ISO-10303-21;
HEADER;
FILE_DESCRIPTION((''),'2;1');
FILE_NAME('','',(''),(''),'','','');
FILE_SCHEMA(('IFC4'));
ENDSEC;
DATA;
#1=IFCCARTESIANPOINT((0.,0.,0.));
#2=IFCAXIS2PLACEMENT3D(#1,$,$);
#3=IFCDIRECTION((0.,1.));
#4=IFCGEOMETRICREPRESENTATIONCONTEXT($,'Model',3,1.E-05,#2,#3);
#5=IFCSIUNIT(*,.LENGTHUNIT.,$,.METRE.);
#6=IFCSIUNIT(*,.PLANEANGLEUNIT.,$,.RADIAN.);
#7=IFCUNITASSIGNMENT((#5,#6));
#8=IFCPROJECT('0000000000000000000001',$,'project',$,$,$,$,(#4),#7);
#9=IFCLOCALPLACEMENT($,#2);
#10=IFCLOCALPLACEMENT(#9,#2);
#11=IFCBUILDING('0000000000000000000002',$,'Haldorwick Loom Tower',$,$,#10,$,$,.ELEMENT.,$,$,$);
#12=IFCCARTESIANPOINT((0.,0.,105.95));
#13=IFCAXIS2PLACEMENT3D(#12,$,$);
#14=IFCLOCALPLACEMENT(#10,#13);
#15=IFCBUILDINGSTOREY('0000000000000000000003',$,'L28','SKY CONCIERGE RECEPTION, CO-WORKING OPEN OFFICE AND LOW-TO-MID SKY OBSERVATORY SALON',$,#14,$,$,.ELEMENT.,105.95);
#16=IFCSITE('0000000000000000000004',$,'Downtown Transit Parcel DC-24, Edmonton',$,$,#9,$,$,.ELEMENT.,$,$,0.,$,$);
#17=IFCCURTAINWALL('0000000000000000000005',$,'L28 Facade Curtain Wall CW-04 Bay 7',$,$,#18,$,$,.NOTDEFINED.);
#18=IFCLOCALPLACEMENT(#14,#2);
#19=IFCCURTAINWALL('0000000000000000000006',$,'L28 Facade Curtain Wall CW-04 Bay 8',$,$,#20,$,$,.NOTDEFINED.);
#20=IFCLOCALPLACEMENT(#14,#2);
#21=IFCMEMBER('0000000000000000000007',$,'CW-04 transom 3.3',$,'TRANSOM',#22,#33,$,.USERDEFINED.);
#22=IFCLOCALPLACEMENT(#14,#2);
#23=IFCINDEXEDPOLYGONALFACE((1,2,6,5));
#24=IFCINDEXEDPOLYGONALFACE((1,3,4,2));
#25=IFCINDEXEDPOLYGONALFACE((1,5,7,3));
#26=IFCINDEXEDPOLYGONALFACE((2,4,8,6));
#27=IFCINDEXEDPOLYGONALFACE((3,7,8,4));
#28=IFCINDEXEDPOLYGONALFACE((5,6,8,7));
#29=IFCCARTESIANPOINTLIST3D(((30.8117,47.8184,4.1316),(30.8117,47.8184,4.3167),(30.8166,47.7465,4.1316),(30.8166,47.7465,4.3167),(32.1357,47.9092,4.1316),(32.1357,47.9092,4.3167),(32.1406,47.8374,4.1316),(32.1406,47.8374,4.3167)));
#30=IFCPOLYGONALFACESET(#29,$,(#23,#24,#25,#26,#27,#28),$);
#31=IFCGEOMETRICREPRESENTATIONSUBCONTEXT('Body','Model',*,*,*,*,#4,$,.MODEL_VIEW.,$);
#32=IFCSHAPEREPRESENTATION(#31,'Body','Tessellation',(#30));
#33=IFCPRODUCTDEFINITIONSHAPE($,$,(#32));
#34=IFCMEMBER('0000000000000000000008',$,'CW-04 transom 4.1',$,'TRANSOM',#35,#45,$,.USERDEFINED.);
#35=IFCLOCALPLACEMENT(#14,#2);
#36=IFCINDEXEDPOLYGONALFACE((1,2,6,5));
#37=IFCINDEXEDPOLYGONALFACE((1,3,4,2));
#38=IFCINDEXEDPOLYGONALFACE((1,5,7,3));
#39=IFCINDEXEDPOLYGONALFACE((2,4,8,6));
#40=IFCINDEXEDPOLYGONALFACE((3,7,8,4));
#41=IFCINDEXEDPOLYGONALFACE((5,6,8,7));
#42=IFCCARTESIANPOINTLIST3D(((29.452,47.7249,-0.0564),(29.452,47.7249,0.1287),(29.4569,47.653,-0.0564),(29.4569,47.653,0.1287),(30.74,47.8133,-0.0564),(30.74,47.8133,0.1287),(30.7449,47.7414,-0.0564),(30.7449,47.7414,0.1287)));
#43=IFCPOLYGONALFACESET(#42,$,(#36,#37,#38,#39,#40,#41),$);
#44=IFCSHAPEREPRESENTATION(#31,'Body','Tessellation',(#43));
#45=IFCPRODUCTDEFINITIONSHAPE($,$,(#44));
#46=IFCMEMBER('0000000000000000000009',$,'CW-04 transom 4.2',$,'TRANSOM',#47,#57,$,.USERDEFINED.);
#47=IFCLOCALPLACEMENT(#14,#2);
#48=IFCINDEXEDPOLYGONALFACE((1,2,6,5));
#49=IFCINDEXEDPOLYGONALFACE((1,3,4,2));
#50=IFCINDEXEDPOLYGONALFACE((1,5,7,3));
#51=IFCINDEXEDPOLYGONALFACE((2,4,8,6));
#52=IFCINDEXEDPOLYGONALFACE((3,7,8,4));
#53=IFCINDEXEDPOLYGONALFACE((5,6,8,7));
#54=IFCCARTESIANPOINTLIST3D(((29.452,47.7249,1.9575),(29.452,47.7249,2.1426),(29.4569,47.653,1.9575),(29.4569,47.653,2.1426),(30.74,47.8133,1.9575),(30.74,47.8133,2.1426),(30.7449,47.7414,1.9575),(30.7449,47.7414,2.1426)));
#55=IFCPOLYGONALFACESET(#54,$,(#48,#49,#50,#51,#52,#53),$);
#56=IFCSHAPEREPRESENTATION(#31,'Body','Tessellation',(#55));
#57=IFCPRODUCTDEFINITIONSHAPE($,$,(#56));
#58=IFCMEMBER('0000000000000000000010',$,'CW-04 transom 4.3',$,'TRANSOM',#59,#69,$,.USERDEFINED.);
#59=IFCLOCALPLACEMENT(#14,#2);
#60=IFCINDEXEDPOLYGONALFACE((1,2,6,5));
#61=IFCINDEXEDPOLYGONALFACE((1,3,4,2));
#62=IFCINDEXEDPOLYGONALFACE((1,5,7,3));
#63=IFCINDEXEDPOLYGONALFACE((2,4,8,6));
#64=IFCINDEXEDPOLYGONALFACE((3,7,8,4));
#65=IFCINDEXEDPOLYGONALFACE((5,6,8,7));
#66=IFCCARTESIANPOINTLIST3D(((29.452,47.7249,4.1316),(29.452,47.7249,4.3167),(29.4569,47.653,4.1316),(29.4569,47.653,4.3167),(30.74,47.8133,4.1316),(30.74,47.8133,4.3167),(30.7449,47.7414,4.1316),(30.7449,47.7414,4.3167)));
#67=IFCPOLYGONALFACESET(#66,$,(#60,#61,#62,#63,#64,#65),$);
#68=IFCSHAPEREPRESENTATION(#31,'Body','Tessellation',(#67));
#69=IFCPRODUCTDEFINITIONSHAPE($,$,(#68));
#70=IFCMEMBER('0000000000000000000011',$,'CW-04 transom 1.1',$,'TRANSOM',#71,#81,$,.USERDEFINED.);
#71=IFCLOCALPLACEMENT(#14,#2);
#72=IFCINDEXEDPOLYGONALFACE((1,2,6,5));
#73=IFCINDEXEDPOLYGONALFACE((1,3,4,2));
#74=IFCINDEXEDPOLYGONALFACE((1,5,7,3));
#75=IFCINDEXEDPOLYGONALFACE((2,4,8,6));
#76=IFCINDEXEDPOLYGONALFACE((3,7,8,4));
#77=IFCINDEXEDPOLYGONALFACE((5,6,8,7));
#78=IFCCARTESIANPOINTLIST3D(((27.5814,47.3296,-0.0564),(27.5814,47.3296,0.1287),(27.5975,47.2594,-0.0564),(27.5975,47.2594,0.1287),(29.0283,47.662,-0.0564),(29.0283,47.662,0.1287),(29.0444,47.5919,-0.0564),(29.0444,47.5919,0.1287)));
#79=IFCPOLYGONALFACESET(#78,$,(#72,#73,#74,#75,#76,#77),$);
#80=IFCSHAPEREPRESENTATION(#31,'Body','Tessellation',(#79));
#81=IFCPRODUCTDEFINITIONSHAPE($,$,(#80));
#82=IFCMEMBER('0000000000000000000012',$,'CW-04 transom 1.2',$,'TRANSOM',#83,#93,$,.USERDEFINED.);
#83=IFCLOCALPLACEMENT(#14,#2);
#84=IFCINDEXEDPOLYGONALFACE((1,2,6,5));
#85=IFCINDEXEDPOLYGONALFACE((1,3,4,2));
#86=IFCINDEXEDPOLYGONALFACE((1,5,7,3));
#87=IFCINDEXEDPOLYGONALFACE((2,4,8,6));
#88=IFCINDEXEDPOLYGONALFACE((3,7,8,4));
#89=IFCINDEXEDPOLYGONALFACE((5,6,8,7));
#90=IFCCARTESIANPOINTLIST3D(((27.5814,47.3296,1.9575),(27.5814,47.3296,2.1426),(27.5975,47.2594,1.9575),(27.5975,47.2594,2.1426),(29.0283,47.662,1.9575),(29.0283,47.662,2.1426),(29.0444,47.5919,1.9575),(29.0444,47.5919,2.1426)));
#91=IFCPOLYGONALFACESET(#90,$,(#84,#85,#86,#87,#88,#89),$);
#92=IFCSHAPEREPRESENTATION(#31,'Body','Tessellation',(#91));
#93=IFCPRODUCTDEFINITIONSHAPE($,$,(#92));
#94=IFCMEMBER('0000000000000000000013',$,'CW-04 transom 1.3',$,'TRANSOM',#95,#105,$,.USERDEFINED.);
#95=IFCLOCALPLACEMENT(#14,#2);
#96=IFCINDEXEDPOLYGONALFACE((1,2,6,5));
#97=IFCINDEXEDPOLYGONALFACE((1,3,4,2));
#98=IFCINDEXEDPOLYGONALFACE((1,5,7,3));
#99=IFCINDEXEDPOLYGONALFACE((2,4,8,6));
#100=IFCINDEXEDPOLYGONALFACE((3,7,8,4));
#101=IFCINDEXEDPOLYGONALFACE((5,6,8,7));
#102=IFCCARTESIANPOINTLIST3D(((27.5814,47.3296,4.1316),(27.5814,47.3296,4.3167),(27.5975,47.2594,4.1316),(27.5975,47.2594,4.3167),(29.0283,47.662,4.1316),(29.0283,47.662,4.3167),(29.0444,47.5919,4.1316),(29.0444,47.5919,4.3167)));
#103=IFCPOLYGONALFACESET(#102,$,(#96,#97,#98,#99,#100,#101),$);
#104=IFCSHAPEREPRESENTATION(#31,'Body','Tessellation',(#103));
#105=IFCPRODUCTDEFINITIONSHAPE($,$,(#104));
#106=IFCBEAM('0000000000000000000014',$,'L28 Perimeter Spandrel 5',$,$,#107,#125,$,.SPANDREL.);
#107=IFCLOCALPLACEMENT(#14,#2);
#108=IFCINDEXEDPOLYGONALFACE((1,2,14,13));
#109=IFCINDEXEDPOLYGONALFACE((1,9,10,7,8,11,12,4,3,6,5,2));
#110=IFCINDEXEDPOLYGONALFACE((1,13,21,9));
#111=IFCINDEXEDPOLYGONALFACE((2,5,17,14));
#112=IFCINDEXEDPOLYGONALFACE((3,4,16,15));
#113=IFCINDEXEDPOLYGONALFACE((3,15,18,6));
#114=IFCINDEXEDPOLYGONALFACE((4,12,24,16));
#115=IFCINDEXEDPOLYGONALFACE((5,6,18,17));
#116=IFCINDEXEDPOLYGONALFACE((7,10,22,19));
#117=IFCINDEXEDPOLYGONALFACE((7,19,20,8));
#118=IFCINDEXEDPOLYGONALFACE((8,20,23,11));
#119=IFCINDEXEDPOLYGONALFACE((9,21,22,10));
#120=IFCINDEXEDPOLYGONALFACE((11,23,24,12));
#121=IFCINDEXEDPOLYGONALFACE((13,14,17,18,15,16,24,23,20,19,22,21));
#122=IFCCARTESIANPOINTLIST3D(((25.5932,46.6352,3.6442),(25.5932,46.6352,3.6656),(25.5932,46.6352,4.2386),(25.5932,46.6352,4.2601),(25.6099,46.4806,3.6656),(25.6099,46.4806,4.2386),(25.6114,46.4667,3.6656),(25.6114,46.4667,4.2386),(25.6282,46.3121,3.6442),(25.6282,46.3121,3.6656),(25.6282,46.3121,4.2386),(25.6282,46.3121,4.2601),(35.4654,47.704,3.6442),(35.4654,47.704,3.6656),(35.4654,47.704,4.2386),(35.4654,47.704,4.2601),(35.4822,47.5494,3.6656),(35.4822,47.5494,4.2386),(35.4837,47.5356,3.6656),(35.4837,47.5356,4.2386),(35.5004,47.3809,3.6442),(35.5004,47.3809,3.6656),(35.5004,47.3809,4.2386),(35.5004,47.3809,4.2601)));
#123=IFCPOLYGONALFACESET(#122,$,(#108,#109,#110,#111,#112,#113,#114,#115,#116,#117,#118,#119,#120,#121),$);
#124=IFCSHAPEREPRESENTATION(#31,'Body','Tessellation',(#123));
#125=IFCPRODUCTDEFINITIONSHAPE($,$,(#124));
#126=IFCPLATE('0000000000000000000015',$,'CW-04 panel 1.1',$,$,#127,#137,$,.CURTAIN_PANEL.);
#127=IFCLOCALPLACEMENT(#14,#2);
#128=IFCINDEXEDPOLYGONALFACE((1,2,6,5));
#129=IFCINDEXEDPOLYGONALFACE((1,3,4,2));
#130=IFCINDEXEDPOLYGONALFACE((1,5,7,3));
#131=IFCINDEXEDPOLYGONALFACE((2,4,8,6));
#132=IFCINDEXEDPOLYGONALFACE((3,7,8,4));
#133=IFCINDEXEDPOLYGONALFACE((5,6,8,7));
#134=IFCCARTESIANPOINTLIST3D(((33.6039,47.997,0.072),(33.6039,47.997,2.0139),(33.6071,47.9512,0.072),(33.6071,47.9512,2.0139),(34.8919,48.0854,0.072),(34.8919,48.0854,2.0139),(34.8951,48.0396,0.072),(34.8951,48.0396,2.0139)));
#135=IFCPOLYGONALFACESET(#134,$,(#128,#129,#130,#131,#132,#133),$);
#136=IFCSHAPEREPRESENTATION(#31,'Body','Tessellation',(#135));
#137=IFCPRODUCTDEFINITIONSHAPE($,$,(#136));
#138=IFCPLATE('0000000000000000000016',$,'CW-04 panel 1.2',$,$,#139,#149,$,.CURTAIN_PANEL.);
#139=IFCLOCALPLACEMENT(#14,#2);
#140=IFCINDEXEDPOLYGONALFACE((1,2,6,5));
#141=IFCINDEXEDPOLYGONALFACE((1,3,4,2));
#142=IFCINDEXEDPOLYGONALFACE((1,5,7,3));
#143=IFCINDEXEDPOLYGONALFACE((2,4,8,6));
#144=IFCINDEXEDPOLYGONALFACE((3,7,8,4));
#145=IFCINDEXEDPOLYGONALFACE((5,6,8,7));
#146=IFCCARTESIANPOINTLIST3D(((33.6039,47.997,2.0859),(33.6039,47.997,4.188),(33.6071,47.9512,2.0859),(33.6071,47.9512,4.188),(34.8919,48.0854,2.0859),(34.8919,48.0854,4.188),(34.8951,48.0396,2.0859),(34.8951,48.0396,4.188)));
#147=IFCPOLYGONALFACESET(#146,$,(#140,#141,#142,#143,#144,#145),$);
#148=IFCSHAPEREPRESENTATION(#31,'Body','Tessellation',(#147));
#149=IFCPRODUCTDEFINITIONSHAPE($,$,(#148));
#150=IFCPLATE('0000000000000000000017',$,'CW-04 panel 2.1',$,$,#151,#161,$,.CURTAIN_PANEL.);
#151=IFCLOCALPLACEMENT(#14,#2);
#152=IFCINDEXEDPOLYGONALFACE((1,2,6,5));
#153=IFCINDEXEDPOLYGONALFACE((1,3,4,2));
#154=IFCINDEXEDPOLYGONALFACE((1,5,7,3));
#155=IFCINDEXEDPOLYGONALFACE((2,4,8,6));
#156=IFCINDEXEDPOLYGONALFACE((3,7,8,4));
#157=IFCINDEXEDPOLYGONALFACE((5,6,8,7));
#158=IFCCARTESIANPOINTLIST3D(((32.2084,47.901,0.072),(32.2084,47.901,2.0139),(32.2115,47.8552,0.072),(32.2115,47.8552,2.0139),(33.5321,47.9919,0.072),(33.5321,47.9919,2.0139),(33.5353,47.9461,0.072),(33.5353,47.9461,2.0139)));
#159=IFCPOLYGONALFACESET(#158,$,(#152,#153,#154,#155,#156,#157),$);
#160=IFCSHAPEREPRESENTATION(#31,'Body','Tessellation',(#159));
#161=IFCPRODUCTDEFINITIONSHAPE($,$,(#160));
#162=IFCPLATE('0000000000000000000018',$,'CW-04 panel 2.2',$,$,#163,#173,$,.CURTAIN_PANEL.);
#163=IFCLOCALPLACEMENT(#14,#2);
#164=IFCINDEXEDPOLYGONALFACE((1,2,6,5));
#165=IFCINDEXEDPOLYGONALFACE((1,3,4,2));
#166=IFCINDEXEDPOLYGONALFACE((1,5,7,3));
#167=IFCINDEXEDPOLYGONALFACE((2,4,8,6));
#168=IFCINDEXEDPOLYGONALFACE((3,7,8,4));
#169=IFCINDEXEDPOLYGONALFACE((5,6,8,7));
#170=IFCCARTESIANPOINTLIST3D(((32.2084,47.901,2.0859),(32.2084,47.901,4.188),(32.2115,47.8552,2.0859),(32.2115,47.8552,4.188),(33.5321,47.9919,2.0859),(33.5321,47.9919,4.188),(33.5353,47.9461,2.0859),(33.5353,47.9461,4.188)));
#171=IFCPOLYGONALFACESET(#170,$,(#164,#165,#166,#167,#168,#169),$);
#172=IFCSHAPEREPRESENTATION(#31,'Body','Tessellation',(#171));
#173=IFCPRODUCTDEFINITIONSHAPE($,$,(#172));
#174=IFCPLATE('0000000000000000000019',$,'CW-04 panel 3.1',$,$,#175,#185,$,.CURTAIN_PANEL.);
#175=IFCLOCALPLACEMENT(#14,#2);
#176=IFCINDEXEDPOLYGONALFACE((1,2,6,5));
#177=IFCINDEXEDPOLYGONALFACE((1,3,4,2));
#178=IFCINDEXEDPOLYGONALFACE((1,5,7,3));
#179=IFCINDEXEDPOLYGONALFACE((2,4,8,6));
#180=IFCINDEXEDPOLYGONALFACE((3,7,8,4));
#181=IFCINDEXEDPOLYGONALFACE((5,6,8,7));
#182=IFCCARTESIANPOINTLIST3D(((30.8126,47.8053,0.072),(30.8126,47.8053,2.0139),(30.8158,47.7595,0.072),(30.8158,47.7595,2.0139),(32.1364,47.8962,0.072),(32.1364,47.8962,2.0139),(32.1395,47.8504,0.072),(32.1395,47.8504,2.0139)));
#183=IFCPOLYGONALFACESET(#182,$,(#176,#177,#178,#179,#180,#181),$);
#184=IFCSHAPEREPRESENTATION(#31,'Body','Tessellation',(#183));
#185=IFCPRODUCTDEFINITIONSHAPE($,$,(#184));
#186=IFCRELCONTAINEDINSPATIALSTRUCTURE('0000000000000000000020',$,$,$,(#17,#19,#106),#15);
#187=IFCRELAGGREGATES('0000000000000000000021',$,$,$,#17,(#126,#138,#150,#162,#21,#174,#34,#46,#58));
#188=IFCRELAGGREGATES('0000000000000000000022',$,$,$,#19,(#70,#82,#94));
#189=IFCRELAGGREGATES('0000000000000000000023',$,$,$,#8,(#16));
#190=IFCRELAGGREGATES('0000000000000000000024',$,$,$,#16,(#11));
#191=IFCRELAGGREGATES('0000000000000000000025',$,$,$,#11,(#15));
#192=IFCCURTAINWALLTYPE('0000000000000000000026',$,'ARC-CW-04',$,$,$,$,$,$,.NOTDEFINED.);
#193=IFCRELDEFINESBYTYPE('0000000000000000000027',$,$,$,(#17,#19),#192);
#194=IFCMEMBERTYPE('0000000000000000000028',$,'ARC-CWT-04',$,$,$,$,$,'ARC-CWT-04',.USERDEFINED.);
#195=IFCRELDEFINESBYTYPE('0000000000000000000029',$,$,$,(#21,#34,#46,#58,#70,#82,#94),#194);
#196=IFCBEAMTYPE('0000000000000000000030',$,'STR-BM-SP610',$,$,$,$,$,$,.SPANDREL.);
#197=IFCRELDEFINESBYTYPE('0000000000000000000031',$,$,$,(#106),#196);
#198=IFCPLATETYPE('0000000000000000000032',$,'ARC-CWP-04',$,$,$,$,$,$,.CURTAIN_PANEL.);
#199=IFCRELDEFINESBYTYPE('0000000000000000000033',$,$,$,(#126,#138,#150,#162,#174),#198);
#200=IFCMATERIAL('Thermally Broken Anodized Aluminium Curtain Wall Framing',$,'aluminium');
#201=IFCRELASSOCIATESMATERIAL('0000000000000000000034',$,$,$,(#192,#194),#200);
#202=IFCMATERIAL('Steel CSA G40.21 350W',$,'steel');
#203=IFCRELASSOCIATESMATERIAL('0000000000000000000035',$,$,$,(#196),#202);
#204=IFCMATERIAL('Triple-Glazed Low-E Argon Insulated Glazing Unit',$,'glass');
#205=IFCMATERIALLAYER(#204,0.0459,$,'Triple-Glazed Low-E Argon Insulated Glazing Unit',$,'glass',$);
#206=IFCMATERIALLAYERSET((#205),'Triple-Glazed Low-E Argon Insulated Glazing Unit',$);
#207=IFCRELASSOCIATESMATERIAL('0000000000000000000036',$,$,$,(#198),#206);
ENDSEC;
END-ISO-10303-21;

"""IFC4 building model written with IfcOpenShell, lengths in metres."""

from ifc_helpers import new_model, si_unit, direction, frame, origin, origin_2d, place, context, subcontext, project, spatial, rectangle, i_section, extrude, material, layer, layer_set, material_profile, profile_set, type_object, element, aggregate, save


model = new_model("IFC4")

# Units and contexts
model_context = context("Model", 3, precision=1e-05, world=origin(), true_north=direction((0.0, 1.0)))
body_context = subcontext(model_context, "Body", "Model", "MODEL_VIEW")
ifc_project = project(units=[si_unit("LENGTHUNIT", "METRE"), si_unit("PLANEANGLEUNIT", "RADIAN")], contexts=[model_context])

# Site, building, storey
site_placement = place(None, origin())
site = spatial("IfcSite", under=ifc_project, at=site_placement, Name="Downtown Transit Parcel DC-24, Edmonton", CompositionType="ELEMENT", RefElevation=0.0)
building_placement = place(site_placement, origin())
building = spatial("IfcBuilding", under=site, at=building_placement, Name="Haldorwick Loom Tower", CompositionType="ELEMENT")
storey_placement = place(building_placement, frame((0.0, 0.0, 105.95)))
storey = spatial("IfcBuildingStorey", under=building, at=storey_placement, Name="L28", Description="SKY CONCIERGE RECEPTION, CO-WORKING OPEN OFFICE AND LOW-TO-MID SKY OBSERVATORY SALON", CompositionType="ELEMENT", Elevation=105.95)

# Curtain wall
ifc_material_1 = material(Name="Thermally Broken Anodized Aluminium Curtain Wall Framing", Category="aluminium")
curtain_wall_type = type_object("IfcCurtainWallType", Name="ARC-CW-04", PredefinedType="NOTDEFINED", material=ifc_material_1)
curtain_wall_1_placement = place(storey_placement, origin())
curtain_wall_1 = element("IfcCurtainWall", 1, at=curtain_wall_1_placement, inside=storey, type_object=curtain_wall_type, Name="L28 Facade Curtain Wall CW-04 Bay 7", PredefinedType="NOTDEFINED")

# Curtain wall
curtain_wall_2_placement = place(storey_placement, origin())
curtain_wall_2 = element("IfcCurtainWall", 2, at=curtain_wall_2_placement, inside=storey, type_object=curtain_wall_type, Name="L28 Facade Curtain Wall CW-04 Bay 8", PredefinedType="NOTDEFINED")

# Members
ifc_material_profile_1 = material_profile(ifc_material_1, rectangle(XDim=0.072, YDim=0.1851, at=origin_2d()), Name="ALU_TRN_72X185", Category="aluminium")
ifc_profile_set_1 = profile_set([ifc_material_profile_1], Name="Thermally Broken Anodized Aluminium Curtain Wall Framing")
member_type_1 = type_object("IfcMemberType", Name="ARC-CWT-04", ElementType="ARC-CWT-04", PredefinedType="USERDEFINED", material=ifc_profile_set_1)
member_1_placement = place(storey_placement, frame((32.1382, 47.8733, 4.2241), z_axis=(-0.997656, -0.068436, 0.0), x_axis=(0.068436, -0.997656, 0.0)))
member_1 = element("IfcMember", 3, at=member_1_placement, type_object=member_type_1, Name="CW-04 transom 3.3", ObjectType="TRANSOM", PredefinedType="USERDEFINED", context=body_context, shape_type="SweptSolid", body=[
    extrude(rectangle(XDim=0.072, YDim=0.1851, at=origin_2d()), origin(), (0.0, 0.0, 1.0), 1.3271),
])
member_2_placement = place(storey_placement, frame((30.7424, 47.7773, 0.0361), z_axis=(-0.997654, -0.068452, 0.0), x_axis=(0.068452, -0.997654, 0.0)))
member_2 = element("IfcMember", 4, at=member_2_placement, type_object=member_type_1, Name="CW-04 transom 4.1", ObjectType="TRANSOM", PredefinedType="USERDEFINED", context=body_context, shape_type="SweptSolid", body=[
    extrude(rectangle(XDim=0.072, YDim=0.1851, at=origin_2d()), origin(), (0.0, 0.0, 1.0), 1.291),
])
member_3_placement = place(storey_placement, frame((30.7424, 47.7773, 2.05), z_axis=(-0.997654, -0.068452, 0.0), x_axis=(0.068452, -0.997654, 0.0)))
member_3 = element("IfcMember", 5, at=member_3_placement, type_object=member_type_1, Name="CW-04 transom 4.2", ObjectType="TRANSOM", PredefinedType="USERDEFINED", context=body_context, shape_type="SweptSolid", body=[
    extrude(rectangle(XDim=0.072, YDim=0.1851, at=origin_2d()), origin(), (0.0, 0.0, 1.0), 1.291),
])
member_4_placement = place(storey_placement, frame((30.7424, 47.7773, 4.2241), z_axis=(-0.997654, -0.068452, 0.0), x_axis=(0.068452, -0.997654, 0.0)))
member_4 = element("IfcMember", 6, at=member_4_placement, type_object=member_type_1, Name="CW-04 transom 4.3", ObjectType="TRANSOM", PredefinedType="USERDEFINED", context=body_context, shape_type="SweptSolid", body=[
    extrude(rectangle(XDim=0.072, YDim=0.1851, at=origin_2d()), origin(), (0.0, 0.0, 1.0), 1.291),
])
member_5_placement = place(storey_placement, frame((29.0364, 47.627, 0.0361), z_axis=(-0.974599, -0.223959, 0.0), x_axis=(0.223959, -0.974599, 0.0)))
member_5 = element("IfcMember", 7, at=member_5_placement, type_object=member_type_1, Name="CW-04 transom 1.1", ObjectType="TRANSOM", PredefinedType="USERDEFINED", context=body_context, shape_type="SweptSolid", body=[
    extrude(rectangle(XDim=0.072, YDim=0.1851, at=origin_2d()), origin(), (0.0, 0.0, 1.0), 1.4846),
])
member_6_placement = place(storey_placement, frame((29.0364, 47.627, 2.05), z_axis=(-0.974599, -0.223959, 0.0), x_axis=(0.223959, -0.974599, 0.0)))
member_6 = element("IfcMember", 8, at=member_6_placement, type_object=member_type_1, Name="CW-04 transom 1.2", ObjectType="TRANSOM", PredefinedType="USERDEFINED", context=body_context, shape_type="SweptSolid", body=[
    extrude(rectangle(XDim=0.072, YDim=0.1851, at=origin_2d()), origin(), (0.0, 0.0, 1.0), 1.4846),
])
member_7_placement = place(storey_placement, frame((29.0364, 47.627, 4.2241), z_axis=(-0.974599, -0.223959, 0.0), x_axis=(0.223959, -0.974599, 0.0)))
member_7 = element("IfcMember", 9, at=member_7_placement, type_object=member_type_1, Name="CW-04 transom 1.3", ObjectType="TRANSOM", PredefinedType="USERDEFINED", context=body_context, shape_type="SweptSolid", body=[
    extrude(rectangle(XDim=0.072, YDim=0.1851, at=origin_2d()), origin(), (0.0, 0.0, 1.0), 1.4846),
])

# Beam
ifc_material_2 = material(Name="Steel CSA G40.21 350W", Category="steel")
ifc_material_profile_2 = material_profile(ifc_material_2, i_section(OverallWidth=0.325, OverallDepth=0.616, WebThickness=0.0139, FlangeThickness=0.0215, at=origin_2d()), Name="W610X174", Category="steel")
ifc_profile_set_2 = profile_set([ifc_material_profile_2], Name="Steel CSA G40.21 350W")
beam_type = type_object("IfcBeamType", Name="STR-BM-SP610", PredefinedType="SPANDREL", material=ifc_profile_set_2)
beam_placement = place(storey_placement, frame((35.4829, 47.5425, 3.9521), z_axis=(-0.99419, -0.107638, 0.0), x_axis=(0.107638, -0.99419, 0.0)))
element("IfcBeam", 10, at=beam_placement, inside=storey, type_object=beam_type, Name="L28 Perimeter Spandrel 5", PredefinedType="SPANDREL", context=body_context, shape_type="SweptSolid", body=[
    extrude(i_section(OverallWidth=0.325, OverallDepth=0.616, WebThickness=0.0139, FlangeThickness=0.0215, at=origin_2d()), origin(), (0.0, 0.0, 1.0), 9.9299),
])

# Plates
ifc_material_3 = material(Name="Triple-Glazed Low-E Argon Insulated Glazing Unit", Category="glass")
ifc_layer_1 = layer(ifc_material_3, 0.0459, Name="Triple-Glazed Low-E Argon Insulated Glazing Unit", Category="glass")
ifc_layer_set_1 = layer_set([ifc_layer_1], Name="Triple-Glazed Low-E Argon Insulated Glazing Unit")
plate_type = type_object("IfcPlateType", Name="ARC-CWP-04", PredefinedType="CURTAIN_PANEL", material=ifc_layer_set_1)
plate_1_placement = place(storey_placement, frame((34.2495, 48.0183, 0.072), z_axis=(0.0, 0.0, 1.0), x_axis=(-0.997651, -0.068496, 0.0)))
plate_1 = element("IfcPlate", 11, at=plate_1_placement, type_object=plate_type, Name="CW-04 panel 1.1", PredefinedType="CURTAIN_PANEL", context=body_context, shape_type="SweptSolid", body=[
    extrude(rectangle(XDim=1.291, YDim=0.0459, at=origin_2d()), origin(), (0.0, 0.0, 1.0), 1.9419),
])
plate_2_placement = place(storey_placement, frame((34.2495, 48.0183, 2.0859), z_axis=(0.0, 0.0, 1.0), x_axis=(-0.997651, -0.068496, 0.0)))
plate_2 = element("IfcPlate", 12, at=plate_2_placement, type_object=plate_type, Name="CW-04 panel 1.2", PredefinedType="CURTAIN_PANEL", context=body_context, shape_type="SweptSolid", body=[
    extrude(rectangle(XDim=1.291, YDim=0.0459, at=origin_2d()), origin(), (0.0, 0.0, 1.0), 2.1021),
])
plate_3_placement = place(storey_placement, frame((32.8718, 47.9236, 0.072), z_axis=(0.0, 0.0, 1.0), x_axis=(-0.997651, -0.068496, 0.0)))
plate_3 = element("IfcPlate", 13, at=plate_3_placement, type_object=plate_type, Name="CW-04 panel 2.1", PredefinedType="CURTAIN_PANEL", context=body_context, shape_type="SweptSolid", body=[
    extrude(rectangle(XDim=1.3269, YDim=0.0459, at=origin_2d()), origin(), (0.0, 0.0, 1.0), 1.9419),
])
plate_4_placement = place(storey_placement, frame((32.8718, 47.9236, 2.0859), z_axis=(0.0, 0.0, 1.0), x_axis=(-0.997651, -0.068496, 0.0)))
plate_4 = element("IfcPlate", 14, at=plate_4_placement, type_object=plate_type, Name="CW-04 panel 2.2", PredefinedType="CURTAIN_PANEL", context=body_context, shape_type="SweptSolid", body=[
    extrude(rectangle(XDim=1.3269, YDim=0.0459, at=origin_2d()), origin(), (0.0, 0.0, 1.0), 2.1021),
])
plate_5_placement = place(storey_placement, frame((31.4761, 47.8279, 0.072), z_axis=(0.0, 0.0, 1.0), x_axis=(-0.997651, -0.068496, 0.0)))
plate_5 = element("IfcPlate", 15, at=plate_5_placement, type_object=plate_type, Name="CW-04 panel 3.1", PredefinedType="CURTAIN_PANEL", context=body_context, shape_type="SweptSolid", body=[
    extrude(rectangle(XDim=1.3269, YDim=0.0459, at=origin_2d()), origin(), (0.0, 0.0, 1.0), 1.9419),
])
aggregate(curtain_wall_1, [plate_1, plate_2, plate_3, plate_4, member_1, plate_5, member_2, member_3, member_4])
aggregate(curtain_wall_2, [member_5, member_6, member_7])

save(model, "model.ifc")
